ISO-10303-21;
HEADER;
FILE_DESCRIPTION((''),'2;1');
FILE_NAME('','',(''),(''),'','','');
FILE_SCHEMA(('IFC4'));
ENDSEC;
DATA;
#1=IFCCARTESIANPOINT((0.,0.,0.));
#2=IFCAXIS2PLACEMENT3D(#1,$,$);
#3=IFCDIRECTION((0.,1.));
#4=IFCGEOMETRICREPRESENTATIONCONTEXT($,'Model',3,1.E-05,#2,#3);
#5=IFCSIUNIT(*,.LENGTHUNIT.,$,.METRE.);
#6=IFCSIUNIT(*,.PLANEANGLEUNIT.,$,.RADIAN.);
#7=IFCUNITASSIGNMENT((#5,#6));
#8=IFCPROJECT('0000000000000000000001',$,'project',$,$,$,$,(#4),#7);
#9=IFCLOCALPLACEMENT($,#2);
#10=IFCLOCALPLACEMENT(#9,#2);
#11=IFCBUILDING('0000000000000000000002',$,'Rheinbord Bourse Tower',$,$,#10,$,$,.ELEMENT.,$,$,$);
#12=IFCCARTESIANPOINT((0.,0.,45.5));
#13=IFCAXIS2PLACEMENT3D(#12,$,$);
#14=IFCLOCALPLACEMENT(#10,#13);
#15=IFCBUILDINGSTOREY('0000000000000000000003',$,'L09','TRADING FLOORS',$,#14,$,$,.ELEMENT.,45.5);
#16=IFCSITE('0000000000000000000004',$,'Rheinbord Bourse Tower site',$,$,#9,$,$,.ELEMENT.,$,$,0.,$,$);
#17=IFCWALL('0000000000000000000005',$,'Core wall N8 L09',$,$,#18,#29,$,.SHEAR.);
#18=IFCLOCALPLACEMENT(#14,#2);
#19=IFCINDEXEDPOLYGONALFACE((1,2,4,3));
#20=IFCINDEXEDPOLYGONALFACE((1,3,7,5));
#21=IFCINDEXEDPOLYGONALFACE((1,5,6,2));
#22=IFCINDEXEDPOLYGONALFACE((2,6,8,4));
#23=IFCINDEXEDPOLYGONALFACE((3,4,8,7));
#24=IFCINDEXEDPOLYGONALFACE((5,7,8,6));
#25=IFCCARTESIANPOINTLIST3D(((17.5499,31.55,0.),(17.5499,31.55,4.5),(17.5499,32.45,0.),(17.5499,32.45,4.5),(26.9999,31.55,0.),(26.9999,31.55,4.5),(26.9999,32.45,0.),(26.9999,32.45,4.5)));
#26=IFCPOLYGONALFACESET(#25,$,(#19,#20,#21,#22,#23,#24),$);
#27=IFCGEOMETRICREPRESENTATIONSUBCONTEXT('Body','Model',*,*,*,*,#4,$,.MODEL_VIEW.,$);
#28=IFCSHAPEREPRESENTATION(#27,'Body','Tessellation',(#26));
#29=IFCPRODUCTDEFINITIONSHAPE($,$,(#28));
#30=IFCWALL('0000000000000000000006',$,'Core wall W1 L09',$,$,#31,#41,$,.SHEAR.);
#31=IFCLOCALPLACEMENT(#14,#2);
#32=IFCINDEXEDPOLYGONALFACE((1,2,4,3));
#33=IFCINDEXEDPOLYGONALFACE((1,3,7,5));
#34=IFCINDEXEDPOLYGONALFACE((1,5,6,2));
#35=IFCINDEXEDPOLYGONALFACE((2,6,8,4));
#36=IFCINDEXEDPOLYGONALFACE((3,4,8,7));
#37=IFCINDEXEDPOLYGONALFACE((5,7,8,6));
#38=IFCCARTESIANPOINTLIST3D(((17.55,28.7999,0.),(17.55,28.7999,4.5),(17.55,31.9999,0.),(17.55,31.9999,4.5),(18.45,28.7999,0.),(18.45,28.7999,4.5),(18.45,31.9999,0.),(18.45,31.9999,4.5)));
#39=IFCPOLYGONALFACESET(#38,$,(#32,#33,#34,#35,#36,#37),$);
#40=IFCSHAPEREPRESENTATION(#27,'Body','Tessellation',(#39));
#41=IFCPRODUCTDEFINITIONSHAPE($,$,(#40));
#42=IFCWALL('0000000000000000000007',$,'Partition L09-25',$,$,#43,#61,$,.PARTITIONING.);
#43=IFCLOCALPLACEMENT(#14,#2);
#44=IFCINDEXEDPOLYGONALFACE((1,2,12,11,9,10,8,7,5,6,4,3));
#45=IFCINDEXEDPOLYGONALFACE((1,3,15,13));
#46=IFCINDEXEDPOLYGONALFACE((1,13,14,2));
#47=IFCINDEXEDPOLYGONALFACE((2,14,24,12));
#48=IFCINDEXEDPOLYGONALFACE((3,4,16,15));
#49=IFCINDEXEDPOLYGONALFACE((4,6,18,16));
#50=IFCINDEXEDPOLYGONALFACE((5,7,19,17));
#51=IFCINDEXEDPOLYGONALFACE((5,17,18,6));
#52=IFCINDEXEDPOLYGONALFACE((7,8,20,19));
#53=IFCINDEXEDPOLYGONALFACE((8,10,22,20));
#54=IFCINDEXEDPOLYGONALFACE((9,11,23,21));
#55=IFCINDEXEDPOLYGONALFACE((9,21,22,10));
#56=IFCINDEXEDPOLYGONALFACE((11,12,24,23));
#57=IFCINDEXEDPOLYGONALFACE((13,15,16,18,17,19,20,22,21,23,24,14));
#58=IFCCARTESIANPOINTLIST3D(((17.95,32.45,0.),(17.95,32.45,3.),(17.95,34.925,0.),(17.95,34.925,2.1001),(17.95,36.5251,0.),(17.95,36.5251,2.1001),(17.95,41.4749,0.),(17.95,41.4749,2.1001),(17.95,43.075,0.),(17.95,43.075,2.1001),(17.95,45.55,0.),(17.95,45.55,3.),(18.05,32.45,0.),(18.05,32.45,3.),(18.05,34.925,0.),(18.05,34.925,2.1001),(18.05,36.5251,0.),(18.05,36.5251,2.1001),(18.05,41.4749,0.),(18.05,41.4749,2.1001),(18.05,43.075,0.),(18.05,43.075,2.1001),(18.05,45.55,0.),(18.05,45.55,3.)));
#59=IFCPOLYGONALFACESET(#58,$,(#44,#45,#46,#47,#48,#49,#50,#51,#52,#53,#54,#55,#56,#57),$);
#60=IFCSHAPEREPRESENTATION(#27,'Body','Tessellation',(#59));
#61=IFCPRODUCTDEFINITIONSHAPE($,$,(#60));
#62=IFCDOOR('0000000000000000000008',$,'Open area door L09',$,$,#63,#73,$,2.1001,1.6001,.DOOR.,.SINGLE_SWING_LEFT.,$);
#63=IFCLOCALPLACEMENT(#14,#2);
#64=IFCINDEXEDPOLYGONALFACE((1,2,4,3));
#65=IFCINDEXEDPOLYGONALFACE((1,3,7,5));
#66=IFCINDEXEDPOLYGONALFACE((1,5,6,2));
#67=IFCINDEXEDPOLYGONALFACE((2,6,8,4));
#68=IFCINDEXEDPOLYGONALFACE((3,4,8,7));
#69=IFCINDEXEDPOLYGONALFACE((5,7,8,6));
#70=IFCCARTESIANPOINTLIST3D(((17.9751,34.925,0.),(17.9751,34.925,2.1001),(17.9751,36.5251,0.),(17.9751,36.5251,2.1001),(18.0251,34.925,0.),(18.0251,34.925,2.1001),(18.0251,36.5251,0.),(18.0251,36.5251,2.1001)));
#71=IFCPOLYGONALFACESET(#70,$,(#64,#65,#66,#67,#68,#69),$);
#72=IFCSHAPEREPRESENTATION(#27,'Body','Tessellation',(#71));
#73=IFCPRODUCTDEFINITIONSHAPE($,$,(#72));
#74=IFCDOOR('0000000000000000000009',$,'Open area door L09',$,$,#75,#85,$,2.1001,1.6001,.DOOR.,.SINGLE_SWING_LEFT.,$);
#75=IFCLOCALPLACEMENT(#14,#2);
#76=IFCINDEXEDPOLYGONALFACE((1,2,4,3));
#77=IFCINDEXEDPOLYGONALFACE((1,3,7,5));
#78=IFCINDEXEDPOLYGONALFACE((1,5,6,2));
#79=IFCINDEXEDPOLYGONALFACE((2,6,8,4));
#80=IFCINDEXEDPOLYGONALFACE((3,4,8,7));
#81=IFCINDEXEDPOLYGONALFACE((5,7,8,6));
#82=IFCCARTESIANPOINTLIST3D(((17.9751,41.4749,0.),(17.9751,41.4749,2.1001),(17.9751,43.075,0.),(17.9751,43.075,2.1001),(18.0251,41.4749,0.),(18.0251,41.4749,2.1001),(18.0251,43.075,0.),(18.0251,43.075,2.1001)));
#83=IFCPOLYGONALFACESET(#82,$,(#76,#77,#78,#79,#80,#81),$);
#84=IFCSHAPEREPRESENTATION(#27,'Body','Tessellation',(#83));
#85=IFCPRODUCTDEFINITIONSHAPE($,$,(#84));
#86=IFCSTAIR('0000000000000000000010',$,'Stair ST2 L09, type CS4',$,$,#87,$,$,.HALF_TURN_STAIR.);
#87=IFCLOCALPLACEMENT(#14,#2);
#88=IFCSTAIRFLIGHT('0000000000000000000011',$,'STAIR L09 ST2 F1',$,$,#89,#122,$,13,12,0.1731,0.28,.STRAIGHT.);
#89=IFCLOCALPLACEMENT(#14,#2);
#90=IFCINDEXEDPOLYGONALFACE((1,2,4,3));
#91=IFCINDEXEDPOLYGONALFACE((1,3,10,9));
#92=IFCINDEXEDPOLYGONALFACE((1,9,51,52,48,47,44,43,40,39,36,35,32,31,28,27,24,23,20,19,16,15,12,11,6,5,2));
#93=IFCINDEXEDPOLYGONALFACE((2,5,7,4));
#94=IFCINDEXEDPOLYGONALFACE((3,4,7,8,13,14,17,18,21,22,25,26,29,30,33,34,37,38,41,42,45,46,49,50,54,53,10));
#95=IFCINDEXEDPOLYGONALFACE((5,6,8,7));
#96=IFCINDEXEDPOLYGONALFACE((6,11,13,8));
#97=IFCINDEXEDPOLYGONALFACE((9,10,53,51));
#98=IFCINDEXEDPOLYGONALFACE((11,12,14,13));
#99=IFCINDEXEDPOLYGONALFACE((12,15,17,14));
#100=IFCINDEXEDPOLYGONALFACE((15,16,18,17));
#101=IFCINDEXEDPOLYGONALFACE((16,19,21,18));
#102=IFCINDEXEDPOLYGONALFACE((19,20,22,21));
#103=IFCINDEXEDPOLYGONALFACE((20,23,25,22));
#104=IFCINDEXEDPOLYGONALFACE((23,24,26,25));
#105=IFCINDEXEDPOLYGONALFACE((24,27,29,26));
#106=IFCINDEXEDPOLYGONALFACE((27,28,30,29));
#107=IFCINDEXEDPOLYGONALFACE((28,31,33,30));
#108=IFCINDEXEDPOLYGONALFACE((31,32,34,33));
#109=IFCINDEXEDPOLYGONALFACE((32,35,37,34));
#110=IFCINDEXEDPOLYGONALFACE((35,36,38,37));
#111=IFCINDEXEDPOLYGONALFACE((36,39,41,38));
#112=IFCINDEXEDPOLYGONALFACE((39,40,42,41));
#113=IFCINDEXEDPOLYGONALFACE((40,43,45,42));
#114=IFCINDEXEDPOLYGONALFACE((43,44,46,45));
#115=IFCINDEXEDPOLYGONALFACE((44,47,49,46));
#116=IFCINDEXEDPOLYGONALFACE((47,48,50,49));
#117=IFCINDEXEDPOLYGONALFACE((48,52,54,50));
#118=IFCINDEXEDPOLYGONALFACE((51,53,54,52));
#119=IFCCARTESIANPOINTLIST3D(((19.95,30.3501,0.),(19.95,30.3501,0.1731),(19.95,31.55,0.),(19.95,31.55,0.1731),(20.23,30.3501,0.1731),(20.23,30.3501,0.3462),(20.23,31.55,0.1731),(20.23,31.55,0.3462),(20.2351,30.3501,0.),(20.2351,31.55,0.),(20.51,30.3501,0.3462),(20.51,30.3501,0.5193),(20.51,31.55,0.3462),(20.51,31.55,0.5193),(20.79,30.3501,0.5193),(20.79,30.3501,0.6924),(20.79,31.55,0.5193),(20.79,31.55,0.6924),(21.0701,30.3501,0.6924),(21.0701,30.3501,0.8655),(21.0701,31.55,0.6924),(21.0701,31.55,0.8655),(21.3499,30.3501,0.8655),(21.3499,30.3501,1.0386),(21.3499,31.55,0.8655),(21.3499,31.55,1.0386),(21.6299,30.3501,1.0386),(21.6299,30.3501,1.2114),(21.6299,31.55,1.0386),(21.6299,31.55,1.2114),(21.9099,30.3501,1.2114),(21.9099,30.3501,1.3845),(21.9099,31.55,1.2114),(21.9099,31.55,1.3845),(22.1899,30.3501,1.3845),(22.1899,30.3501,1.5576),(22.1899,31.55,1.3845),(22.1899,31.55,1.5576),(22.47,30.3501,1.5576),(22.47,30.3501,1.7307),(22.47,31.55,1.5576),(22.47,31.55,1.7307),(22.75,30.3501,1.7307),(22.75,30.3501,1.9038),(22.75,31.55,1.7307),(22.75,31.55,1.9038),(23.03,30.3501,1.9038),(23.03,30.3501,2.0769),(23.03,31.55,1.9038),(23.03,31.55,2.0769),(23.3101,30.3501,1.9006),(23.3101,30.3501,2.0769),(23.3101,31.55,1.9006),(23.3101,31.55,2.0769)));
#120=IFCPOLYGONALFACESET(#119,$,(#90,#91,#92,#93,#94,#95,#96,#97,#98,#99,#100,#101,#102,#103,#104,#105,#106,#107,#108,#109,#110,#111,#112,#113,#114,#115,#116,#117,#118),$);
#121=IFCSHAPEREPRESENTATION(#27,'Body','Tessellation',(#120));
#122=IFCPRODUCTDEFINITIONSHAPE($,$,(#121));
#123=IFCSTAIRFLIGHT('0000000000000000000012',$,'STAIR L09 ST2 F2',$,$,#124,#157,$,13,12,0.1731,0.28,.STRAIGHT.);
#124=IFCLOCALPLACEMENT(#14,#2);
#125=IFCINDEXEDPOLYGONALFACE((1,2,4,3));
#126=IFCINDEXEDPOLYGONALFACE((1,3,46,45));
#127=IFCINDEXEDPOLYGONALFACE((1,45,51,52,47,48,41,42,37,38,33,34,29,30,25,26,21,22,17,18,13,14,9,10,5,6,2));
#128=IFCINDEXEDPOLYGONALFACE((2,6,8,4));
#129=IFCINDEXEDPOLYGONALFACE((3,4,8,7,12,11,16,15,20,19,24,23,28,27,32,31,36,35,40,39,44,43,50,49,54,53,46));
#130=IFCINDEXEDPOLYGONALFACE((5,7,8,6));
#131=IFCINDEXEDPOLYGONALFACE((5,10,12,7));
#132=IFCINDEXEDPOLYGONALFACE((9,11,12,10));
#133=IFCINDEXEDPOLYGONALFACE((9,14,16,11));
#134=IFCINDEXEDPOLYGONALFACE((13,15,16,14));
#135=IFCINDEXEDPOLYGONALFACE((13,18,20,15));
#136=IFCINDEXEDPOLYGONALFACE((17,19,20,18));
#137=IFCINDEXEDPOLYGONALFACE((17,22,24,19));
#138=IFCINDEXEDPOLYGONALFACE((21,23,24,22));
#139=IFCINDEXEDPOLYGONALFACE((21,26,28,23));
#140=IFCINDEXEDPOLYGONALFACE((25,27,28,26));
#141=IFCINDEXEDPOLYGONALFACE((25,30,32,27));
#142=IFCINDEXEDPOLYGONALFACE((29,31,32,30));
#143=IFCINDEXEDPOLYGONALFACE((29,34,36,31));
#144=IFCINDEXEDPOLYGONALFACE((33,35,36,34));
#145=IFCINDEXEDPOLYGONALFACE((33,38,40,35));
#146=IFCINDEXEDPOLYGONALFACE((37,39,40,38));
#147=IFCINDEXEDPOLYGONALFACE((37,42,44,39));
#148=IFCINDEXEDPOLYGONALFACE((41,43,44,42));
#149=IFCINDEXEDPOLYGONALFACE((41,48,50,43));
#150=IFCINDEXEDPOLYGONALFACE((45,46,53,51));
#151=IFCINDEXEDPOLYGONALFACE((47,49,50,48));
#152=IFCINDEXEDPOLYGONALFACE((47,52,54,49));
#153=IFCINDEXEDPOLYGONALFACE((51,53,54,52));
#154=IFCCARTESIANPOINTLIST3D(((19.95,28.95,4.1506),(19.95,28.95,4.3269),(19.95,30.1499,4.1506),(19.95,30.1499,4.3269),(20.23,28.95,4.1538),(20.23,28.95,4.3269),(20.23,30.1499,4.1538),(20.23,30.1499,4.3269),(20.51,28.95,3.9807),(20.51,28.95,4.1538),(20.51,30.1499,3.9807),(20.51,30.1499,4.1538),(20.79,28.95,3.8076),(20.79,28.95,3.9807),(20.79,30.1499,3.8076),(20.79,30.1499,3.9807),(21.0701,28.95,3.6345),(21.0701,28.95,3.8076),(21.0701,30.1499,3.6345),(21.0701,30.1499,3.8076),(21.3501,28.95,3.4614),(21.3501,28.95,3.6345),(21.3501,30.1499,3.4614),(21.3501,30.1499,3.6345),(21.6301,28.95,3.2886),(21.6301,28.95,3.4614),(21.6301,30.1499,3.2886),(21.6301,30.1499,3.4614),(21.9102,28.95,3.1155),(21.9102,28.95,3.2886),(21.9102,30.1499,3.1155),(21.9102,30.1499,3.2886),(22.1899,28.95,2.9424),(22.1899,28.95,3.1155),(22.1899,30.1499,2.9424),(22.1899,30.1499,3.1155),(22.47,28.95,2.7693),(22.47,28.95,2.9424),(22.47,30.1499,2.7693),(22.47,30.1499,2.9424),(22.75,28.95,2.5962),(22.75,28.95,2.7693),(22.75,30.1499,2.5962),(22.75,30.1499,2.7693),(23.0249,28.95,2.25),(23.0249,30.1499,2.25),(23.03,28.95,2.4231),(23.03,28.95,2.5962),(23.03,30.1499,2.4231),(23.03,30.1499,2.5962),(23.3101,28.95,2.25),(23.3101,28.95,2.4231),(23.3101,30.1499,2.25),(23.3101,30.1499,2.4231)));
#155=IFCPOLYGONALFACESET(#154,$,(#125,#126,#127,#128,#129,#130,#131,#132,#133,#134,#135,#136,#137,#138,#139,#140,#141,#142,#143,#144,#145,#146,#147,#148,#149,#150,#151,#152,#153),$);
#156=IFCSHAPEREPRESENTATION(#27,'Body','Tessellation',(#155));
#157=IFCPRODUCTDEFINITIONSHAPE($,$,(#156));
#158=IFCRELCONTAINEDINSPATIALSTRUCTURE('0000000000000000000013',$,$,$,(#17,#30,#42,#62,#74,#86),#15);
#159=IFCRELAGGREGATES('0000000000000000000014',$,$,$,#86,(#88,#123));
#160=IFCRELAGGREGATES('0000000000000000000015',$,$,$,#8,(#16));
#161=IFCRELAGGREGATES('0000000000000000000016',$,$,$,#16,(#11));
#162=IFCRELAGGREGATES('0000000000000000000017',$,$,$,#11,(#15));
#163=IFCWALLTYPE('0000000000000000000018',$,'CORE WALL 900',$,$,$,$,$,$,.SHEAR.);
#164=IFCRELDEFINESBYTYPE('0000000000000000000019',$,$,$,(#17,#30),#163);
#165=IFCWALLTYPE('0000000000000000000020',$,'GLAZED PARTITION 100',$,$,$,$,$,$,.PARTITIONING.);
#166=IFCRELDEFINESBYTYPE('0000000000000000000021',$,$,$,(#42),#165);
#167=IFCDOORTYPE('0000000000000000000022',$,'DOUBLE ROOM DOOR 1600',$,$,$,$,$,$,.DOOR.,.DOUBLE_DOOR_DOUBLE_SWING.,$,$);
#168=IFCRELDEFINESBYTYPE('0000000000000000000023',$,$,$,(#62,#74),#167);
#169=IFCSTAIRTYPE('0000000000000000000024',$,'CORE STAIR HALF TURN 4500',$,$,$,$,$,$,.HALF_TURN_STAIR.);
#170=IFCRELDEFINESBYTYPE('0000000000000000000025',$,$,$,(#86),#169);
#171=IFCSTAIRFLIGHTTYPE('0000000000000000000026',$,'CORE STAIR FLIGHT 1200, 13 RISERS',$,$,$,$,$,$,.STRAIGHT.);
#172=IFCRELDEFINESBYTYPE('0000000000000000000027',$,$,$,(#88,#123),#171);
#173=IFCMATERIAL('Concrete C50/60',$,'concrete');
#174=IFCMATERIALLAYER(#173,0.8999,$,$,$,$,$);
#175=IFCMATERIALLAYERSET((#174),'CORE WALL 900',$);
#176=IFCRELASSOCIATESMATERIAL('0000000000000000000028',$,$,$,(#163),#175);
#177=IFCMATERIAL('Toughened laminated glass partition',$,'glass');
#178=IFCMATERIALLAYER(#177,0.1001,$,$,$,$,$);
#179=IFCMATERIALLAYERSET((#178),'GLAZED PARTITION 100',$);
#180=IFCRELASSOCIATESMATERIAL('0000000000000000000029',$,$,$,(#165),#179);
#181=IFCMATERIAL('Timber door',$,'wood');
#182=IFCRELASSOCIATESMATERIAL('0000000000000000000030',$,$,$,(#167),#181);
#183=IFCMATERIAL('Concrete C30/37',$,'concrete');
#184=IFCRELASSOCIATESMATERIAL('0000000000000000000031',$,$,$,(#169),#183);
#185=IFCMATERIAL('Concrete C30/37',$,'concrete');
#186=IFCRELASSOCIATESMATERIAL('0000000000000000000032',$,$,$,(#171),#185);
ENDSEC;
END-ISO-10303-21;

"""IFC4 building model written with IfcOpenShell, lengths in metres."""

from ifc_helpers import new_model, si_unit, direction, frame, frame_2d, origin, place, context, subcontext, project, spatial, polyline, rectangle, outline, extrude, material, layer, layer_set, type_object, element, fill, aggregate, save


model = new_model("IFC4")

# Units and contexts
model_context = context("Model", 3, precision=1e-05, world=origin(), true_north=direction((0.0, 1.0)))
body_context = subcontext(model_context, "Body", "Model", "MODEL_VIEW")
ifc_project = project(units=[si_unit("LENGTHUNIT", "METRE"), si_unit("PLANEANGLEUNIT", "RADIAN")], contexts=[model_context])

# Site, building, storey
site_placement = place(None, origin())
site = spatial("IfcSite", under=ifc_project, at=site_placement, Name="Rheinbord Bourse Tower site", CompositionType="ELEMENT", RefElevation=0.0)
building_placement = place(site_placement, origin())
building = spatial("IfcBuilding", under=site, at=building_placement, Name="Rheinbord Bourse Tower", CompositionType="ELEMENT")
storey_placement = place(building_placement, frame((0.0, 0.0, 45.5)))
storey = spatial("IfcBuildingStorey", under=building, at=storey_placement, Name="L09", Description="TRADING FLOORS", CompositionType="ELEMENT", Elevation=45.5)

# Walls
ifc_material_1 = material(Name="Concrete C50/60", Category="concrete")
ifc_layer_1 = layer(ifc_material_1, 0.8999)
ifc_layer_set_1 = layer_set([ifc_layer_1], Name="CORE WALL 900")
wall_type_1 = type_object("IfcWallType", Name="CORE WALL 900", PredefinedType="SHEAR", material=ifc_layer_set_1)
wall_1_placement = place(storey_placement, frame((27.0, 32.0, 0.0), z_axis=(0.0, 0.0, 1.0), x_axis=(-1.0, 0.0, 0.0)))
element("IfcWall", 1, at=wall_1_placement, inside=storey, type_object=wall_type_1, Name="Core wall N8 L09", PredefinedType="SHEAR", context=body_context, shape_type="SweptSolid", body=[
    extrude(rectangle(XDim=9.45, YDim=0.8999, at=frame_2d((4.7251, 0.0))), origin(), (0.0, 0.0, 1.0), 4.5),
])
wall_2_placement = place(storey_placement, frame((18.0, 32.0, 0.0), z_axis=(0.0, 0.0, 1.0), x_axis=(0.0, -1.0, 0.0)))
element("IfcWall", 2, at=wall_2_placement, inside=storey, type_object=wall_type_1, Name="Core wall W1 L09", PredefinedType="SHEAR", context=body_context, shape_type="SweptSolid", body=[
    extrude(rectangle(XDim=3.2, YDim=0.8999, at=frame_2d((1.6001, 0.0))), origin(), (0.0, 0.0, 1.0), 4.5),
])

# Wall, openings, doors
ifc_material_2 = material(Name="Toughened laminated glass partition", Category="glass")
ifc_layer_2 = layer(ifc_material_2, 0.1001)
ifc_layer_set_2 = layer_set([ifc_layer_2], Name="GLAZED PARTITION 100")
wall_type_2 = type_object("IfcWallType", Name="GLAZED PARTITION 100", PredefinedType="PARTITIONING", material=ifc_layer_set_2)
wall_3_placement = place(storey_placement, frame((18.0, 32.45, 0.0), z_axis=(0.0, 0.0, 1.0), x_axis=(0.0, 1.0, 0.0)))
wall_3 = element("IfcWall", 3, at=wall_3_placement, inside=storey, type_object=wall_type_2, Name="Partition L09-25", PredefinedType="PARTITIONING", context=body_context, shape_type="SweptSolid", body=[
    extrude(rectangle(XDim=13.1001, YDim=0.1001, at=frame_2d((6.55, 0.0))), origin(), (0.0, 0.0, 1.0), 3.0),
])
opening_1_placement = place(wall_3_placement, frame((2.4751, 0.0, 0.0)))
opening_1 = element("IfcOpeningElement", 4, at=opening_1_placement, cuts=wall_3, PredefinedType="OPENING", context=body_context, shape_type="SweptSolid", body=[
    extrude(rectangle(XDim=1.6001, YDim=2.1001, at=frame_2d((0.8, 1.05))), frame((0.0, 0.0601, 0.0), z_axis=(0.0, -1.0, 0.0), x_axis=(1.0, 0.0, 0.0)), (0.0, 0.0, 1.0), 0.1201),
])
opening_2_placement = place(wall_3_placement, frame((9.0249, 0.0, 0.0)))
opening_2 = element("IfcOpeningElement", 5, at=opening_2_placement, cuts=wall_3, PredefinedType="OPENING", context=body_context, shape_type="SweptSolid", body=[
    extrude(rectangle(XDim=1.6001, YDim=2.1001, at=frame_2d((0.8, 1.05))), frame((0.0, 0.0601, 0.0), z_axis=(0.0, -1.0, 0.0), x_axis=(1.0, 0.0, 0.0)), (0.0, 0.0, 1.0), 0.1201),
])
ifc_material_3 = material(Name="Timber door", Category="wood")
door_type_1 = type_object("IfcDoorType", Name="DOUBLE ROOM DOOR 1600", OperationType="DOUBLE_DOOR_DOUBLE_SWING", PredefinedType="DOOR", material=ifc_material_3)
door_1_placement = place(opening_1_placement, origin())
door_1 = element("IfcDoor", 6, at=door_1_placement, inside=storey, type_object=door_type_1, Name="Open area door L09", OperationType="SINGLE_SWING_LEFT", OverallHeight=2.1001, OverallWidth=1.6001, PredefinedType="DOOR", context=body_context, shape_type="SweptSolid", body=[
    extrude(rectangle(XDim=1.6001, YDim=2.1001, at=frame_2d((0.8, 1.05))), frame((0.0, 0.0249, 0.0), z_axis=(0.0, -1.0, 0.0), x_axis=(1.0, 0.0, 0.0)), (0.0, 0.0, 1.0), 0.05),
])
fill(opening_1, door_1)
door_2_placement = place(opening_2_placement, origin())
door_2 = element("IfcDoor", 7, at=door_2_placement, inside=storey, type_object=door_type_1, Name="Open area door L09", OperationType="SINGLE_SWING_LEFT", OverallHeight=2.1001, OverallWidth=1.6001, PredefinedType="DOOR", context=body_context, shape_type="SweptSolid", body=[
    extrude(rectangle(XDim=1.6001, YDim=2.1001, at=frame_2d((0.8, 1.05))), frame((0.0, 0.0249, 0.0), z_axis=(0.0, -1.0, 0.0), x_axis=(1.0, 0.0, 0.0)), (0.0, 0.0, 1.0), 0.05),
])
fill(opening_2, door_2)

# Stair, stair flights
ifc_material_4 = material(Name="Concrete C30/37", Category="concrete")
stair_type = type_object("IfcStairType", Name="CORE STAIR HALF TURN 4500", PredefinedType="HALF_TURN_STAIR", material=ifc_material_4)
stair_placement = place(storey_placement, origin())
stair = element("IfcStair", 8, at=stair_placement, inside=storey, type_object=stair_type, Name="Stair ST2 L09, type CS4", PredefinedType="HALF_TURN_STAIR")
ifc_material_5 = material(Name="Concrete C30/37", Category="concrete")
stair_flight_type = type_object("IfcStairFlightType", Name="CORE STAIR FLIGHT 1200, 13 RISERS", PredefinedType="STRAIGHT", material=ifc_material_5)
stair_flight_1_placement = place(storey_placement, frame((19.95, 30.95, 0.0), z_axis=(0.0, 0.0, 1.0), x_axis=(1.0, 0.0, 0.0)))
stair_flight_1 = element("IfcStairFlight", 9, at=stair_flight_1_placement, type_object=stair_flight_type, Name="STAIR L09 ST2 F1", NumberOfRisers=13, NumberOfTreads=12, PredefinedType="STRAIGHT", RiserHeight=0.1731, TreadLength=0.28, context=body_context, shape_type="SweptSolid", body=[
    extrude(outline(polyline([(0.0, 0.0), (0.0, 0.1731), (0.28, 0.1731), (0.28, 0.3462), (0.5601, 0.3462), (0.5601, 0.5193), (0.8401, 0.5193), (0.8401, 0.6924), (1.1201, 0.6924), (1.1201, 0.8655), (1.3999, 0.8655), (1.3999, 1.0386), (1.6799, 1.0386), (1.6799, 1.2114), (1.96, 1.2114), (1.96, 1.3845), (2.24, 1.3845), (2.24, 1.5576), (2.52, 1.5576), (2.52, 1.7307), (2.8, 1.7307), (2.8, 1.9038), (3.0801, 1.9038), (3.0801, 2.0769), (3.3601, 2.0769), (3.3601, 2.25), (3.3601, 1.9006), (0.2852, 0.0), (0.0, 0.0)])), frame((0.0, 0.6001, 0.0), z_axis=(0.0, -1.0, 0.0), x_axis=(1.0, 0.0, 0.0)), (0.0, 0.0, 1.0), 1.2),
])
stair_flight_2_placement = place(storey_placement, frame((23.3101, 29.55, 2.25), z_axis=(0.0, 0.0, 1.0), x_axis=(-1.0, 0.0, 0.0)))
stair_flight_2 = element("IfcStairFlight", 10, at=stair_flight_2_placement, type_object=stair_flight_type, Name="STAIR L09 ST2 F2", NumberOfRisers=13, NumberOfTreads=12, PredefinedType="STRAIGHT", RiserHeight=0.1731, TreadLength=0.28, context=body_context, shape_type="SweptSolid", body=[
    extrude(outline(polyline([(0.0, 0.0), (0.0, 0.1731), (0.28, 0.1731), (0.28, 0.3462), (0.5601, 0.3462), (0.5601, 0.5193), (0.8401, 0.5193), (0.8401, 0.6924), (1.1201, 0.6924), (1.1201, 0.8655), (1.3999, 0.8655), (1.3999, 1.0386), (1.6799, 1.0386), (1.6799, 1.2114), (1.96, 1.2114), (1.96, 1.3845), (2.24, 1.3845), (2.24, 1.5576), (2.52, 1.5576), (2.52, 1.7307), (2.8, 1.7307), (2.8, 1.9038), (3.0801, 1.9038), (3.0801, 2.0769), (3.3601, 2.0769), (3.3601, 2.25), (3.3601, 1.9006), (0.2852, 0.0), (0.0, 0.0)])), frame((0.0, 0.6001, 0.0), z_axis=(0.0, -1.0, 0.0), x_axis=(1.0, 0.0, 0.0)), (0.0, 0.0, 1.0), 1.2),
])
aggregate(stair, [stair_flight_1, stair_flight_2])

save(model, "model.ifc")
